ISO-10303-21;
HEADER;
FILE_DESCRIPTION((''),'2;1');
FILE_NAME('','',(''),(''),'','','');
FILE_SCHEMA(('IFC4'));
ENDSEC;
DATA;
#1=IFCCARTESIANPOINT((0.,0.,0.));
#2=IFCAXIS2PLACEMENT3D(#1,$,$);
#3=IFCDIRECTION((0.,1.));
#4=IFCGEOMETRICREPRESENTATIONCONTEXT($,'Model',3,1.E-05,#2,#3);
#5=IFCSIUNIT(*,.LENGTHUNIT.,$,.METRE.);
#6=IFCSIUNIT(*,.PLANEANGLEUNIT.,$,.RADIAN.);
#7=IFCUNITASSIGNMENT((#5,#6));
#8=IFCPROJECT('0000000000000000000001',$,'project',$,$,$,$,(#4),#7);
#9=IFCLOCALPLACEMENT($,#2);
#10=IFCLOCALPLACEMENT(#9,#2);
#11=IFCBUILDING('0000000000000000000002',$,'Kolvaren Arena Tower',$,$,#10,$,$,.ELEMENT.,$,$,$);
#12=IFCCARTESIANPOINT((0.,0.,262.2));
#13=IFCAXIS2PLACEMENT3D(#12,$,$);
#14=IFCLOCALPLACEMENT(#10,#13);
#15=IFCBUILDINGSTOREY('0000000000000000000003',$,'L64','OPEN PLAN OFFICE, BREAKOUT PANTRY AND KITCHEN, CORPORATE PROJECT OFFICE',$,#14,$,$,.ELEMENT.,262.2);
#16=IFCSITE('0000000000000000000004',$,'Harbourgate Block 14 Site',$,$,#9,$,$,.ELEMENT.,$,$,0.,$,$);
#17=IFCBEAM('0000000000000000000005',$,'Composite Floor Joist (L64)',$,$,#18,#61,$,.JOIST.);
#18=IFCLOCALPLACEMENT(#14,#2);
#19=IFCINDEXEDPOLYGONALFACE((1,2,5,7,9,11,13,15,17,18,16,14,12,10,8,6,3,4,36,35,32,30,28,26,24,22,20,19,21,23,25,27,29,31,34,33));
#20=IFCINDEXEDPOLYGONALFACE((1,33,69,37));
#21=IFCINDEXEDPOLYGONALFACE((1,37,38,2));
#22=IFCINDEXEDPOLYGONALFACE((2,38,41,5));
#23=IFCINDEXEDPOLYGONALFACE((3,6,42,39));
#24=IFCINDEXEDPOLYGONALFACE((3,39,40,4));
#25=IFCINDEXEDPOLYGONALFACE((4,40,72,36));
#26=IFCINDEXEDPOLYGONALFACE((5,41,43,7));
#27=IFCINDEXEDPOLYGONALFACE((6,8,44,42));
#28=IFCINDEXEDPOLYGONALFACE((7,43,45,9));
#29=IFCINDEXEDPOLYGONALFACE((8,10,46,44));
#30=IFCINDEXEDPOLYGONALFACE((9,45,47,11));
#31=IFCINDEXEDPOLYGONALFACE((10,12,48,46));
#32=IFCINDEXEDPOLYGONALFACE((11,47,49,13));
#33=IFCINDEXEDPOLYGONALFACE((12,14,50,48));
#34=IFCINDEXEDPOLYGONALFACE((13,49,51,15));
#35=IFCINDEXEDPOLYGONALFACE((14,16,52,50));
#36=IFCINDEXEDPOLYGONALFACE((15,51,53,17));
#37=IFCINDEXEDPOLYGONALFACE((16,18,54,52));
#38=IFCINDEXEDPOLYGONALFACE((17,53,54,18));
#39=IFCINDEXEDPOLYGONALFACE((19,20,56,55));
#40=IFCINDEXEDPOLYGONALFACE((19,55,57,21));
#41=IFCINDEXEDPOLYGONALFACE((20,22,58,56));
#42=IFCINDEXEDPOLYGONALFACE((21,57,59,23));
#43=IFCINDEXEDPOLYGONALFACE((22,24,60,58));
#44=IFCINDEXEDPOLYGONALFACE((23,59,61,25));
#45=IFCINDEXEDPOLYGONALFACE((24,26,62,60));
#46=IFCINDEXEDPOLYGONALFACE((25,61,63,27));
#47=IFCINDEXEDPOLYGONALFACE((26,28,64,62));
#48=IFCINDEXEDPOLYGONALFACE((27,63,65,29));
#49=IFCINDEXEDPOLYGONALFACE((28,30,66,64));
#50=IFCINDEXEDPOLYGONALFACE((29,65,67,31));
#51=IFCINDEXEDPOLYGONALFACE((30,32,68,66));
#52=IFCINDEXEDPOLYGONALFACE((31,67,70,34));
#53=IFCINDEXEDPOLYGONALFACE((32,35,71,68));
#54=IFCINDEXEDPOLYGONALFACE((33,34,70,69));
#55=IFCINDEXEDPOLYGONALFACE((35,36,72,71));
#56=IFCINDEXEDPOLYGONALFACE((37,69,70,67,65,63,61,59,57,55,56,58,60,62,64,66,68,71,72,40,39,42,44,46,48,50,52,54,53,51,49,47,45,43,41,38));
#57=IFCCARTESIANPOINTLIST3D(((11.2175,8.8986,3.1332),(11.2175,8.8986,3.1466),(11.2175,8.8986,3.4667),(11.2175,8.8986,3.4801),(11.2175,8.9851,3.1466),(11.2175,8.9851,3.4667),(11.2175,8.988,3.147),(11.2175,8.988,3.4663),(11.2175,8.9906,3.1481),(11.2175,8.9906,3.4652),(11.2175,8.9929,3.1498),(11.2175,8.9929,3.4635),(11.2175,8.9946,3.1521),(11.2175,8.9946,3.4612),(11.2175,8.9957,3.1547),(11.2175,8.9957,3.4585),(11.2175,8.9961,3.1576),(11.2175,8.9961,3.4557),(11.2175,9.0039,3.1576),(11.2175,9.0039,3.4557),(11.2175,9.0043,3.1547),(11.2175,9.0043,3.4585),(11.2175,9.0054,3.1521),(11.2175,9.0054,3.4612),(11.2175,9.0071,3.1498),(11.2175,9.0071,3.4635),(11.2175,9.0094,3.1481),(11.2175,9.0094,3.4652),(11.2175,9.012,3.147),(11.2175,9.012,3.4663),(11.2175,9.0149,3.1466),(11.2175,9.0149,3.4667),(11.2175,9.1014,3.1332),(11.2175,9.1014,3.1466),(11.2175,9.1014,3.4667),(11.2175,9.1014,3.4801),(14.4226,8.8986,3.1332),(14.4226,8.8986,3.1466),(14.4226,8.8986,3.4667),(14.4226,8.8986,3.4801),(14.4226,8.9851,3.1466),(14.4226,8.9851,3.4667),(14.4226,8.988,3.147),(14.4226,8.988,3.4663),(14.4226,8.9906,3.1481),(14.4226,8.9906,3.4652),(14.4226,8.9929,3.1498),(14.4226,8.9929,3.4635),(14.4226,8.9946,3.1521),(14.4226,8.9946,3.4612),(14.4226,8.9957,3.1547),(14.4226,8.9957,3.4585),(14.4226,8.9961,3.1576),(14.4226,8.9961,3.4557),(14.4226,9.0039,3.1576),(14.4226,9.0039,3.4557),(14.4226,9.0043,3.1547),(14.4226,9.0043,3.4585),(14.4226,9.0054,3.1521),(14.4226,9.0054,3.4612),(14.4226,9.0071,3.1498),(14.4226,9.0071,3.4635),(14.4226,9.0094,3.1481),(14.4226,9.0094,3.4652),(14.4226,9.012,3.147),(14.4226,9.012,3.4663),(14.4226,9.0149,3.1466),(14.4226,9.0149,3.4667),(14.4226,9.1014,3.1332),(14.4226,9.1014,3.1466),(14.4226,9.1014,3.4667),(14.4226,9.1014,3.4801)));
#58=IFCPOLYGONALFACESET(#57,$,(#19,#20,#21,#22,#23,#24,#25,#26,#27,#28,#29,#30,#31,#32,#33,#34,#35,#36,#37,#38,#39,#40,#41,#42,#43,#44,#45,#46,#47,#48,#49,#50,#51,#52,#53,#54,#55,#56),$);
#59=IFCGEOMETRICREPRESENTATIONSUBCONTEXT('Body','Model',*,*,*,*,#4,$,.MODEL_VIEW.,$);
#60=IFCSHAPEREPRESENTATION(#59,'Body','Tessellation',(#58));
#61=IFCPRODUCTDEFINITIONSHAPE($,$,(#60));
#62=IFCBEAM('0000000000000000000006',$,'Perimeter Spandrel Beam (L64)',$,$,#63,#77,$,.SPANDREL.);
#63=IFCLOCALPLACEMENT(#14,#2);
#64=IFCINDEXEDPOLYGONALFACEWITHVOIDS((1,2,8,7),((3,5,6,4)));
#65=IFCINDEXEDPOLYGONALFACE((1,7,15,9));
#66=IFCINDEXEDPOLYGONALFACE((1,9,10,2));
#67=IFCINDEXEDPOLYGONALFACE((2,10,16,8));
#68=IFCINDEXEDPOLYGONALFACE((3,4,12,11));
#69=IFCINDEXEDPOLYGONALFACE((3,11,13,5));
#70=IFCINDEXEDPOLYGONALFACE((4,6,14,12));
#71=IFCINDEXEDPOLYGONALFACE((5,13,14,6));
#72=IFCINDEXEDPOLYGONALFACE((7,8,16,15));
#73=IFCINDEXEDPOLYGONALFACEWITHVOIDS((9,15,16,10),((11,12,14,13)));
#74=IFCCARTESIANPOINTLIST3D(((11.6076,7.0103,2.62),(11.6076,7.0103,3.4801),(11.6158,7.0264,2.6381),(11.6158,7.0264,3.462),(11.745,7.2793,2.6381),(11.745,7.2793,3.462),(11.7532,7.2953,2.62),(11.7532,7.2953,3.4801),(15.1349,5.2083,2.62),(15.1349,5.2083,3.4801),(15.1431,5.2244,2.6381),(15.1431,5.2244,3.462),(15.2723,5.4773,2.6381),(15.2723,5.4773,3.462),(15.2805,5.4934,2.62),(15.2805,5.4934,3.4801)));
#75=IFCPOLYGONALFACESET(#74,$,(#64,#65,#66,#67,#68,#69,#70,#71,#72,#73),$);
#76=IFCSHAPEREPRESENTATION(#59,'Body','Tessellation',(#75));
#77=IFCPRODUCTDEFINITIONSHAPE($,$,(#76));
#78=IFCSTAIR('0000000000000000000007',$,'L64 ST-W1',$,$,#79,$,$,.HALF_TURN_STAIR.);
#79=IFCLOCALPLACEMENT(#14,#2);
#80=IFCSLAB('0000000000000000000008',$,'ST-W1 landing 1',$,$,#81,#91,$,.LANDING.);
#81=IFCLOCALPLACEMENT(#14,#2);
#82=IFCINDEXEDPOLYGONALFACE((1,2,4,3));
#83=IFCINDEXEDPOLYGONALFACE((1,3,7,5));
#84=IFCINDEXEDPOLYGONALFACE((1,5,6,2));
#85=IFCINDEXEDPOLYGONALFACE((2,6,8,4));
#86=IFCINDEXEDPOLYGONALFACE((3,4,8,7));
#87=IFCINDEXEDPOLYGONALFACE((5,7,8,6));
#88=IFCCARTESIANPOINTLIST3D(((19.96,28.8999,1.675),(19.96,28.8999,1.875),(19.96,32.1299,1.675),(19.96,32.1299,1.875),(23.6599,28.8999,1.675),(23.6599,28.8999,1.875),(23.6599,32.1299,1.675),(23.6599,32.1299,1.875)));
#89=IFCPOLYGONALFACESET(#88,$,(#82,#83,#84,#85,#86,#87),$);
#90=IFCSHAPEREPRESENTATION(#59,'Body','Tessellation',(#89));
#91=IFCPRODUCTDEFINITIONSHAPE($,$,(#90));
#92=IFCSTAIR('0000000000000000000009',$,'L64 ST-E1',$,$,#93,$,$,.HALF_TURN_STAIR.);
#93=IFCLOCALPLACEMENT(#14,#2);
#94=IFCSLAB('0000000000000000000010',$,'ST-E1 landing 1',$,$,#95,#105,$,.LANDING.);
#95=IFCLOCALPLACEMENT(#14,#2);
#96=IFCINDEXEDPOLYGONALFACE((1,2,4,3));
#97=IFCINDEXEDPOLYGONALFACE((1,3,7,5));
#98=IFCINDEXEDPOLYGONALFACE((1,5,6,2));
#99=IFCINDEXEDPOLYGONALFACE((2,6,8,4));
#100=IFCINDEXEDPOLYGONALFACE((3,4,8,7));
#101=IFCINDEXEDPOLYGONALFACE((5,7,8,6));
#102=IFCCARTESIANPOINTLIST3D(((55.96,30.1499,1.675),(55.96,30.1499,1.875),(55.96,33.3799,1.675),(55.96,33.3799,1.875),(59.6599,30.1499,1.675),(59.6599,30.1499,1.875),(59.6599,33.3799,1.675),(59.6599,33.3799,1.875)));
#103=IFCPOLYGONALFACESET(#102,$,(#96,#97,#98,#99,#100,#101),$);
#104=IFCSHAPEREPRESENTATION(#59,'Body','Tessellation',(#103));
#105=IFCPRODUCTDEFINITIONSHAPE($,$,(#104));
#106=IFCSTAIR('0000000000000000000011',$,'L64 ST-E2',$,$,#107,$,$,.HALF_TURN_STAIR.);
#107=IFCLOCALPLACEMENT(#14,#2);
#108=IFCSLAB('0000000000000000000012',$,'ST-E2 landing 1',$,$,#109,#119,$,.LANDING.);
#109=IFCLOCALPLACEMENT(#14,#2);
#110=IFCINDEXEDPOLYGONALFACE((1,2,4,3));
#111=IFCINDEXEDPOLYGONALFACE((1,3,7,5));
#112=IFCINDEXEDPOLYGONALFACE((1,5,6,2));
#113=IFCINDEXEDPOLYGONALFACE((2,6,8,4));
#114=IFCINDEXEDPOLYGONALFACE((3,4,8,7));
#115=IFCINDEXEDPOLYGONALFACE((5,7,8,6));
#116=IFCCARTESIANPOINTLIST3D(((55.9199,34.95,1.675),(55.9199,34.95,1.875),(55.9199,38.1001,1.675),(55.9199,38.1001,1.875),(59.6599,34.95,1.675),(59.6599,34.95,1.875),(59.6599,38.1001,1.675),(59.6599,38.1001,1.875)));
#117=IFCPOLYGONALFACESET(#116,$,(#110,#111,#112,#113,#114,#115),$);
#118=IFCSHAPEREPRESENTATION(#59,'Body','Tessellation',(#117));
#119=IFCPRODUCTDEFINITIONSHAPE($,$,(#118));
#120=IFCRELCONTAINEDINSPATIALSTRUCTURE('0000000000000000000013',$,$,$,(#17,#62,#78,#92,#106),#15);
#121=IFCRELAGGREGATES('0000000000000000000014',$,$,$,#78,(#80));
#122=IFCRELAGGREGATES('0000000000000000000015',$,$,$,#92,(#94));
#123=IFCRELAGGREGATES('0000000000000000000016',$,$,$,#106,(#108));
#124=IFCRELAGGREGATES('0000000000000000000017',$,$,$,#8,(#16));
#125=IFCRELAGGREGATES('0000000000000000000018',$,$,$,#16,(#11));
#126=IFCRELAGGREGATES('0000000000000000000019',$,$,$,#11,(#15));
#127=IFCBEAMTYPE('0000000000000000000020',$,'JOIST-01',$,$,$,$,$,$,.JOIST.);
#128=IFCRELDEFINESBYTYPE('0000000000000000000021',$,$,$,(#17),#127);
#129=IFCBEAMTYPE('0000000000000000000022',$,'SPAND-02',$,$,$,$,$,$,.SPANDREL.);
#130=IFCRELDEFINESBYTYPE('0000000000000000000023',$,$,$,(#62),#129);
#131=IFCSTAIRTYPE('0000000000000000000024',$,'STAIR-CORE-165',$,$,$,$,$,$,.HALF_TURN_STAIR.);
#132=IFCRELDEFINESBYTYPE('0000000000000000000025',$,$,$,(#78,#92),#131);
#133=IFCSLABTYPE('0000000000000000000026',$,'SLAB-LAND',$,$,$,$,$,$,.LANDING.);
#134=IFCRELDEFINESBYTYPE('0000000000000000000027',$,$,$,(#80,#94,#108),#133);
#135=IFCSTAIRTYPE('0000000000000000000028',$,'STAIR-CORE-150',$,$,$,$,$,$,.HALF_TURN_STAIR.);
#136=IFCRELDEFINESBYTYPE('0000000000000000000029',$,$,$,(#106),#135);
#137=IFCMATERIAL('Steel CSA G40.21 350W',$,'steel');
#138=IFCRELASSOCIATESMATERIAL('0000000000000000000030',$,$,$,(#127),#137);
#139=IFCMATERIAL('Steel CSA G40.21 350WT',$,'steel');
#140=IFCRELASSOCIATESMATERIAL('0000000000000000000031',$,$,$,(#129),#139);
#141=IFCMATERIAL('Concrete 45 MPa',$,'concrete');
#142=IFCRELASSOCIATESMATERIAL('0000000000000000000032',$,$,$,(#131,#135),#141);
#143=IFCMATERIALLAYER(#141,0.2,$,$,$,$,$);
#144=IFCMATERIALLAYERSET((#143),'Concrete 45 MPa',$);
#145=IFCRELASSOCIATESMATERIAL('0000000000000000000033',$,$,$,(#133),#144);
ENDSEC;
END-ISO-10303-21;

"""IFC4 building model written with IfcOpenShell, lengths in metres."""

from ifc_helpers import new_model, si_unit, direction, frame, origin, origin_2d, place, context, subcontext, project, spatial, polyline, hollow_rectangle, i_section, outline, extrude, material, layer, layer_set, material_profile, profile_set, type_object, element, aggregate, save


model = new_model("IFC4")

# Units and contexts
model_context = context("Model", 3, precision=1e-05, world=origin(), true_north=direction((0.0, 1.0)))
body_context = subcontext(model_context, "Body", "Model", "MODEL_VIEW")
ifc_project = project(units=[si_unit("LENGTHUNIT", "METRE"), si_unit("PLANEANGLEUNIT", "RADIAN")], contexts=[model_context])

# Site, building, storey
site_placement = place(None, origin())
site = spatial("IfcSite", under=ifc_project, at=site_placement, Name="Harbourgate Block 14 Site", CompositionType="ELEMENT", RefElevation=0.0)
building_placement = place(site_placement, origin())
building = spatial("IfcBuilding", under=site, at=building_placement, Name="Kolvaren Arena Tower", CompositionType="ELEMENT")
storey_placement = place(building_placement, frame((0.0, 0.0, 262.2)))
storey = spatial("IfcBuildingStorey", under=building, at=storey_placement, Name="L64", Description="OPEN PLAN OFFICE, BREAKOUT PANTRY AND KITCHEN, CORPORATE PROJECT OFFICE", CompositionType="ELEMENT", Elevation=262.2)

# Beams
ifc_material_1 = material(Name="Steel CSA G40.21 350W", Category="steel")
ifc_material_profile_1 = material_profile(ifc_material_1, i_section(OverallWidth=0.2029, OverallDepth=0.3469, WebThickness=0.0078, FlangeThickness=0.0134, FilletRadius=0.011, at=origin_2d()), Name="W360x64")
ifc_profile_set_1 = profile_set([ifc_material_profile_1], Name="Steel CSA G40.21 350W")
beam_type_1 = type_object("IfcBeamType", Name="JOIST-01", PredefinedType="JOIST", material=ifc_profile_set_1)
beam_1_placement = place(storey_placement, frame((11.2175, 9.0, 3.3066), z_axis=(1.0, 0.0, 0.0), x_axis=(0.0, 1.0, 0.0)))
element("IfcBeam", 1, at=beam_1_placement, inside=storey, type_object=beam_type_1, Name="Composite Floor Joist (L64)", PredefinedType="JOIST", context=body_context, shape_type="SweptSolid", body=[
    extrude(i_section(OverallWidth=0.2029, OverallDepth=0.3469, WebThickness=0.0078, FlangeThickness=0.0134, FilletRadius=0.011, at=origin_2d()), origin(), (0.0, 0.0, 1.0), 3.2051),
])
ifc_material_2 = material(Name="Steel CSA G40.21 350WT", Category="steel")
ifc_material_profile_2 = material_profile(ifc_material_2, hollow_rectangle(XDim=0.3201, YDim=0.8601, WallThickness=0.0181, at=origin_2d()), Name="HSS 860x320x18")
ifc_profile_set_2 = profile_set([ifc_material_profile_2], Name="Steel CSA G40.21 350WT")
beam_type_2 = type_object("IfcBeamType", Name="SPAND-02", PredefinedType="SPANDREL", material=ifc_profile_set_2)
beam_2_placement = place(storey_placement, frame((11.6804, 7.1528, 3.05), z_axis=(0.890523, -0.454938, 0.0), x_axis=(0.454938, 0.890523, 0.0)))
element("IfcBeam", 2, at=beam_2_placement, inside=storey, type_object=beam_type_2, Name="Perimeter Spandrel Beam (L64)", PredefinedType="SPANDREL", context=body_context, shape_type="SweptSolid", body=[
    extrude(hollow_rectangle(XDim=0.3201, YDim=0.8601, WallThickness=0.0181, at=origin_2d()), origin(), (0.0, 0.0, 1.0), 3.9609),
])

# Stairs, slabs
ifc_material_3 = material(Name="Concrete 45 MPa", Category="concrete")
stair_type_1 = type_object("IfcStairType", Name="STAIR-CORE-165", PredefinedType="HALF_TURN_STAIR", material=ifc_material_3)
stair_1_placement = place(storey_placement, origin())
stair_1 = element("IfcStair", 3, at=stair_1_placement, inside=storey, type_object=stair_type_1, Name="L64 ST-W1", PredefinedType="HALF_TURN_STAIR")
ifc_layer_1 = layer(ifc_material_3, 0.2)
ifc_layer_set_1 = layer_set([ifc_layer_1], Name="Concrete 45 MPa")
slab_type_1 = type_object("IfcSlabType", Name="SLAB-LAND", PredefinedType="LANDING", material=ifc_layer_set_1)
slab_1_placement = place(storey_placement, frame((0.0, 0.0, 1.675)))
slab_1 = element("IfcSlab", 4, at=slab_1_placement, type_object=slab_type_1, Name="ST-W1 landing 1", PredefinedType="LANDING", context=body_context, shape_type="SweptSolid", body=[
    extrude(outline(polyline([(19.96, 28.8999), (23.6599, 28.8999), (23.6599, 32.1299), (19.96, 32.1299), (19.96, 28.8999)])), origin(), (0.0, 0.0, 1.0), 0.2),
])
aggregate(stair_1, [slab_1])
stair_2_placement = place(storey_placement, origin())
stair_2 = element("IfcStair", 5, at=stair_2_placement, inside=storey, type_object=stair_type_1, Name="L64 ST-E1", PredefinedType="HALF_TURN_STAIR")
slab_2_placement = place(storey_placement, frame((0.0, 0.0, 1.675)))
slab_2 = element("IfcSlab", 6, at=slab_2_placement, type_object=slab_type_1, Name="ST-E1 landing 1", PredefinedType="LANDING", context=body_context, shape_type="SweptSolid", body=[
    extrude(outline(polyline([(55.96, 30.1499), (59.6599, 30.1499), (59.6599, 33.3799), (55.96, 33.3799), (55.96, 30.1499)])), origin(), (0.0, 0.0, 1.0), 0.2),
])
aggregate(stair_2, [slab_2])
stair_type_2 = type_object("IfcStairType", Name="STAIR-CORE-150", PredefinedType="HALF_TURN_STAIR", material=ifc_material_3)
stair_3_placement = place(storey_placement, origin())
stair_3 = element("IfcStair", 7, at=stair_3_placement, inside=storey, type_object=stair_type_2, Name="L64 ST-E2", PredefinedType="HALF_TURN_STAIR")
slab_3_placement = place(storey_placement, frame((0.0, 0.0, 1.675)))
slab_3 = element("IfcSlab", 8, at=slab_3_placement, type_object=slab_type_1, Name="ST-E2 landing 1", PredefinedType="LANDING", context=body_context, shape_type="SweptSolid", body=[
    extrude(outline(polyline([(55.9199, 34.95), (59.6599, 34.95), (59.6599, 38.1001), (55.9199, 38.1001), (55.9199, 34.95)])), origin(), (0.0, 0.0, 1.0), 0.2),
])
aggregate(stair_3, [slab_3])

save(model, "model.ifc")
